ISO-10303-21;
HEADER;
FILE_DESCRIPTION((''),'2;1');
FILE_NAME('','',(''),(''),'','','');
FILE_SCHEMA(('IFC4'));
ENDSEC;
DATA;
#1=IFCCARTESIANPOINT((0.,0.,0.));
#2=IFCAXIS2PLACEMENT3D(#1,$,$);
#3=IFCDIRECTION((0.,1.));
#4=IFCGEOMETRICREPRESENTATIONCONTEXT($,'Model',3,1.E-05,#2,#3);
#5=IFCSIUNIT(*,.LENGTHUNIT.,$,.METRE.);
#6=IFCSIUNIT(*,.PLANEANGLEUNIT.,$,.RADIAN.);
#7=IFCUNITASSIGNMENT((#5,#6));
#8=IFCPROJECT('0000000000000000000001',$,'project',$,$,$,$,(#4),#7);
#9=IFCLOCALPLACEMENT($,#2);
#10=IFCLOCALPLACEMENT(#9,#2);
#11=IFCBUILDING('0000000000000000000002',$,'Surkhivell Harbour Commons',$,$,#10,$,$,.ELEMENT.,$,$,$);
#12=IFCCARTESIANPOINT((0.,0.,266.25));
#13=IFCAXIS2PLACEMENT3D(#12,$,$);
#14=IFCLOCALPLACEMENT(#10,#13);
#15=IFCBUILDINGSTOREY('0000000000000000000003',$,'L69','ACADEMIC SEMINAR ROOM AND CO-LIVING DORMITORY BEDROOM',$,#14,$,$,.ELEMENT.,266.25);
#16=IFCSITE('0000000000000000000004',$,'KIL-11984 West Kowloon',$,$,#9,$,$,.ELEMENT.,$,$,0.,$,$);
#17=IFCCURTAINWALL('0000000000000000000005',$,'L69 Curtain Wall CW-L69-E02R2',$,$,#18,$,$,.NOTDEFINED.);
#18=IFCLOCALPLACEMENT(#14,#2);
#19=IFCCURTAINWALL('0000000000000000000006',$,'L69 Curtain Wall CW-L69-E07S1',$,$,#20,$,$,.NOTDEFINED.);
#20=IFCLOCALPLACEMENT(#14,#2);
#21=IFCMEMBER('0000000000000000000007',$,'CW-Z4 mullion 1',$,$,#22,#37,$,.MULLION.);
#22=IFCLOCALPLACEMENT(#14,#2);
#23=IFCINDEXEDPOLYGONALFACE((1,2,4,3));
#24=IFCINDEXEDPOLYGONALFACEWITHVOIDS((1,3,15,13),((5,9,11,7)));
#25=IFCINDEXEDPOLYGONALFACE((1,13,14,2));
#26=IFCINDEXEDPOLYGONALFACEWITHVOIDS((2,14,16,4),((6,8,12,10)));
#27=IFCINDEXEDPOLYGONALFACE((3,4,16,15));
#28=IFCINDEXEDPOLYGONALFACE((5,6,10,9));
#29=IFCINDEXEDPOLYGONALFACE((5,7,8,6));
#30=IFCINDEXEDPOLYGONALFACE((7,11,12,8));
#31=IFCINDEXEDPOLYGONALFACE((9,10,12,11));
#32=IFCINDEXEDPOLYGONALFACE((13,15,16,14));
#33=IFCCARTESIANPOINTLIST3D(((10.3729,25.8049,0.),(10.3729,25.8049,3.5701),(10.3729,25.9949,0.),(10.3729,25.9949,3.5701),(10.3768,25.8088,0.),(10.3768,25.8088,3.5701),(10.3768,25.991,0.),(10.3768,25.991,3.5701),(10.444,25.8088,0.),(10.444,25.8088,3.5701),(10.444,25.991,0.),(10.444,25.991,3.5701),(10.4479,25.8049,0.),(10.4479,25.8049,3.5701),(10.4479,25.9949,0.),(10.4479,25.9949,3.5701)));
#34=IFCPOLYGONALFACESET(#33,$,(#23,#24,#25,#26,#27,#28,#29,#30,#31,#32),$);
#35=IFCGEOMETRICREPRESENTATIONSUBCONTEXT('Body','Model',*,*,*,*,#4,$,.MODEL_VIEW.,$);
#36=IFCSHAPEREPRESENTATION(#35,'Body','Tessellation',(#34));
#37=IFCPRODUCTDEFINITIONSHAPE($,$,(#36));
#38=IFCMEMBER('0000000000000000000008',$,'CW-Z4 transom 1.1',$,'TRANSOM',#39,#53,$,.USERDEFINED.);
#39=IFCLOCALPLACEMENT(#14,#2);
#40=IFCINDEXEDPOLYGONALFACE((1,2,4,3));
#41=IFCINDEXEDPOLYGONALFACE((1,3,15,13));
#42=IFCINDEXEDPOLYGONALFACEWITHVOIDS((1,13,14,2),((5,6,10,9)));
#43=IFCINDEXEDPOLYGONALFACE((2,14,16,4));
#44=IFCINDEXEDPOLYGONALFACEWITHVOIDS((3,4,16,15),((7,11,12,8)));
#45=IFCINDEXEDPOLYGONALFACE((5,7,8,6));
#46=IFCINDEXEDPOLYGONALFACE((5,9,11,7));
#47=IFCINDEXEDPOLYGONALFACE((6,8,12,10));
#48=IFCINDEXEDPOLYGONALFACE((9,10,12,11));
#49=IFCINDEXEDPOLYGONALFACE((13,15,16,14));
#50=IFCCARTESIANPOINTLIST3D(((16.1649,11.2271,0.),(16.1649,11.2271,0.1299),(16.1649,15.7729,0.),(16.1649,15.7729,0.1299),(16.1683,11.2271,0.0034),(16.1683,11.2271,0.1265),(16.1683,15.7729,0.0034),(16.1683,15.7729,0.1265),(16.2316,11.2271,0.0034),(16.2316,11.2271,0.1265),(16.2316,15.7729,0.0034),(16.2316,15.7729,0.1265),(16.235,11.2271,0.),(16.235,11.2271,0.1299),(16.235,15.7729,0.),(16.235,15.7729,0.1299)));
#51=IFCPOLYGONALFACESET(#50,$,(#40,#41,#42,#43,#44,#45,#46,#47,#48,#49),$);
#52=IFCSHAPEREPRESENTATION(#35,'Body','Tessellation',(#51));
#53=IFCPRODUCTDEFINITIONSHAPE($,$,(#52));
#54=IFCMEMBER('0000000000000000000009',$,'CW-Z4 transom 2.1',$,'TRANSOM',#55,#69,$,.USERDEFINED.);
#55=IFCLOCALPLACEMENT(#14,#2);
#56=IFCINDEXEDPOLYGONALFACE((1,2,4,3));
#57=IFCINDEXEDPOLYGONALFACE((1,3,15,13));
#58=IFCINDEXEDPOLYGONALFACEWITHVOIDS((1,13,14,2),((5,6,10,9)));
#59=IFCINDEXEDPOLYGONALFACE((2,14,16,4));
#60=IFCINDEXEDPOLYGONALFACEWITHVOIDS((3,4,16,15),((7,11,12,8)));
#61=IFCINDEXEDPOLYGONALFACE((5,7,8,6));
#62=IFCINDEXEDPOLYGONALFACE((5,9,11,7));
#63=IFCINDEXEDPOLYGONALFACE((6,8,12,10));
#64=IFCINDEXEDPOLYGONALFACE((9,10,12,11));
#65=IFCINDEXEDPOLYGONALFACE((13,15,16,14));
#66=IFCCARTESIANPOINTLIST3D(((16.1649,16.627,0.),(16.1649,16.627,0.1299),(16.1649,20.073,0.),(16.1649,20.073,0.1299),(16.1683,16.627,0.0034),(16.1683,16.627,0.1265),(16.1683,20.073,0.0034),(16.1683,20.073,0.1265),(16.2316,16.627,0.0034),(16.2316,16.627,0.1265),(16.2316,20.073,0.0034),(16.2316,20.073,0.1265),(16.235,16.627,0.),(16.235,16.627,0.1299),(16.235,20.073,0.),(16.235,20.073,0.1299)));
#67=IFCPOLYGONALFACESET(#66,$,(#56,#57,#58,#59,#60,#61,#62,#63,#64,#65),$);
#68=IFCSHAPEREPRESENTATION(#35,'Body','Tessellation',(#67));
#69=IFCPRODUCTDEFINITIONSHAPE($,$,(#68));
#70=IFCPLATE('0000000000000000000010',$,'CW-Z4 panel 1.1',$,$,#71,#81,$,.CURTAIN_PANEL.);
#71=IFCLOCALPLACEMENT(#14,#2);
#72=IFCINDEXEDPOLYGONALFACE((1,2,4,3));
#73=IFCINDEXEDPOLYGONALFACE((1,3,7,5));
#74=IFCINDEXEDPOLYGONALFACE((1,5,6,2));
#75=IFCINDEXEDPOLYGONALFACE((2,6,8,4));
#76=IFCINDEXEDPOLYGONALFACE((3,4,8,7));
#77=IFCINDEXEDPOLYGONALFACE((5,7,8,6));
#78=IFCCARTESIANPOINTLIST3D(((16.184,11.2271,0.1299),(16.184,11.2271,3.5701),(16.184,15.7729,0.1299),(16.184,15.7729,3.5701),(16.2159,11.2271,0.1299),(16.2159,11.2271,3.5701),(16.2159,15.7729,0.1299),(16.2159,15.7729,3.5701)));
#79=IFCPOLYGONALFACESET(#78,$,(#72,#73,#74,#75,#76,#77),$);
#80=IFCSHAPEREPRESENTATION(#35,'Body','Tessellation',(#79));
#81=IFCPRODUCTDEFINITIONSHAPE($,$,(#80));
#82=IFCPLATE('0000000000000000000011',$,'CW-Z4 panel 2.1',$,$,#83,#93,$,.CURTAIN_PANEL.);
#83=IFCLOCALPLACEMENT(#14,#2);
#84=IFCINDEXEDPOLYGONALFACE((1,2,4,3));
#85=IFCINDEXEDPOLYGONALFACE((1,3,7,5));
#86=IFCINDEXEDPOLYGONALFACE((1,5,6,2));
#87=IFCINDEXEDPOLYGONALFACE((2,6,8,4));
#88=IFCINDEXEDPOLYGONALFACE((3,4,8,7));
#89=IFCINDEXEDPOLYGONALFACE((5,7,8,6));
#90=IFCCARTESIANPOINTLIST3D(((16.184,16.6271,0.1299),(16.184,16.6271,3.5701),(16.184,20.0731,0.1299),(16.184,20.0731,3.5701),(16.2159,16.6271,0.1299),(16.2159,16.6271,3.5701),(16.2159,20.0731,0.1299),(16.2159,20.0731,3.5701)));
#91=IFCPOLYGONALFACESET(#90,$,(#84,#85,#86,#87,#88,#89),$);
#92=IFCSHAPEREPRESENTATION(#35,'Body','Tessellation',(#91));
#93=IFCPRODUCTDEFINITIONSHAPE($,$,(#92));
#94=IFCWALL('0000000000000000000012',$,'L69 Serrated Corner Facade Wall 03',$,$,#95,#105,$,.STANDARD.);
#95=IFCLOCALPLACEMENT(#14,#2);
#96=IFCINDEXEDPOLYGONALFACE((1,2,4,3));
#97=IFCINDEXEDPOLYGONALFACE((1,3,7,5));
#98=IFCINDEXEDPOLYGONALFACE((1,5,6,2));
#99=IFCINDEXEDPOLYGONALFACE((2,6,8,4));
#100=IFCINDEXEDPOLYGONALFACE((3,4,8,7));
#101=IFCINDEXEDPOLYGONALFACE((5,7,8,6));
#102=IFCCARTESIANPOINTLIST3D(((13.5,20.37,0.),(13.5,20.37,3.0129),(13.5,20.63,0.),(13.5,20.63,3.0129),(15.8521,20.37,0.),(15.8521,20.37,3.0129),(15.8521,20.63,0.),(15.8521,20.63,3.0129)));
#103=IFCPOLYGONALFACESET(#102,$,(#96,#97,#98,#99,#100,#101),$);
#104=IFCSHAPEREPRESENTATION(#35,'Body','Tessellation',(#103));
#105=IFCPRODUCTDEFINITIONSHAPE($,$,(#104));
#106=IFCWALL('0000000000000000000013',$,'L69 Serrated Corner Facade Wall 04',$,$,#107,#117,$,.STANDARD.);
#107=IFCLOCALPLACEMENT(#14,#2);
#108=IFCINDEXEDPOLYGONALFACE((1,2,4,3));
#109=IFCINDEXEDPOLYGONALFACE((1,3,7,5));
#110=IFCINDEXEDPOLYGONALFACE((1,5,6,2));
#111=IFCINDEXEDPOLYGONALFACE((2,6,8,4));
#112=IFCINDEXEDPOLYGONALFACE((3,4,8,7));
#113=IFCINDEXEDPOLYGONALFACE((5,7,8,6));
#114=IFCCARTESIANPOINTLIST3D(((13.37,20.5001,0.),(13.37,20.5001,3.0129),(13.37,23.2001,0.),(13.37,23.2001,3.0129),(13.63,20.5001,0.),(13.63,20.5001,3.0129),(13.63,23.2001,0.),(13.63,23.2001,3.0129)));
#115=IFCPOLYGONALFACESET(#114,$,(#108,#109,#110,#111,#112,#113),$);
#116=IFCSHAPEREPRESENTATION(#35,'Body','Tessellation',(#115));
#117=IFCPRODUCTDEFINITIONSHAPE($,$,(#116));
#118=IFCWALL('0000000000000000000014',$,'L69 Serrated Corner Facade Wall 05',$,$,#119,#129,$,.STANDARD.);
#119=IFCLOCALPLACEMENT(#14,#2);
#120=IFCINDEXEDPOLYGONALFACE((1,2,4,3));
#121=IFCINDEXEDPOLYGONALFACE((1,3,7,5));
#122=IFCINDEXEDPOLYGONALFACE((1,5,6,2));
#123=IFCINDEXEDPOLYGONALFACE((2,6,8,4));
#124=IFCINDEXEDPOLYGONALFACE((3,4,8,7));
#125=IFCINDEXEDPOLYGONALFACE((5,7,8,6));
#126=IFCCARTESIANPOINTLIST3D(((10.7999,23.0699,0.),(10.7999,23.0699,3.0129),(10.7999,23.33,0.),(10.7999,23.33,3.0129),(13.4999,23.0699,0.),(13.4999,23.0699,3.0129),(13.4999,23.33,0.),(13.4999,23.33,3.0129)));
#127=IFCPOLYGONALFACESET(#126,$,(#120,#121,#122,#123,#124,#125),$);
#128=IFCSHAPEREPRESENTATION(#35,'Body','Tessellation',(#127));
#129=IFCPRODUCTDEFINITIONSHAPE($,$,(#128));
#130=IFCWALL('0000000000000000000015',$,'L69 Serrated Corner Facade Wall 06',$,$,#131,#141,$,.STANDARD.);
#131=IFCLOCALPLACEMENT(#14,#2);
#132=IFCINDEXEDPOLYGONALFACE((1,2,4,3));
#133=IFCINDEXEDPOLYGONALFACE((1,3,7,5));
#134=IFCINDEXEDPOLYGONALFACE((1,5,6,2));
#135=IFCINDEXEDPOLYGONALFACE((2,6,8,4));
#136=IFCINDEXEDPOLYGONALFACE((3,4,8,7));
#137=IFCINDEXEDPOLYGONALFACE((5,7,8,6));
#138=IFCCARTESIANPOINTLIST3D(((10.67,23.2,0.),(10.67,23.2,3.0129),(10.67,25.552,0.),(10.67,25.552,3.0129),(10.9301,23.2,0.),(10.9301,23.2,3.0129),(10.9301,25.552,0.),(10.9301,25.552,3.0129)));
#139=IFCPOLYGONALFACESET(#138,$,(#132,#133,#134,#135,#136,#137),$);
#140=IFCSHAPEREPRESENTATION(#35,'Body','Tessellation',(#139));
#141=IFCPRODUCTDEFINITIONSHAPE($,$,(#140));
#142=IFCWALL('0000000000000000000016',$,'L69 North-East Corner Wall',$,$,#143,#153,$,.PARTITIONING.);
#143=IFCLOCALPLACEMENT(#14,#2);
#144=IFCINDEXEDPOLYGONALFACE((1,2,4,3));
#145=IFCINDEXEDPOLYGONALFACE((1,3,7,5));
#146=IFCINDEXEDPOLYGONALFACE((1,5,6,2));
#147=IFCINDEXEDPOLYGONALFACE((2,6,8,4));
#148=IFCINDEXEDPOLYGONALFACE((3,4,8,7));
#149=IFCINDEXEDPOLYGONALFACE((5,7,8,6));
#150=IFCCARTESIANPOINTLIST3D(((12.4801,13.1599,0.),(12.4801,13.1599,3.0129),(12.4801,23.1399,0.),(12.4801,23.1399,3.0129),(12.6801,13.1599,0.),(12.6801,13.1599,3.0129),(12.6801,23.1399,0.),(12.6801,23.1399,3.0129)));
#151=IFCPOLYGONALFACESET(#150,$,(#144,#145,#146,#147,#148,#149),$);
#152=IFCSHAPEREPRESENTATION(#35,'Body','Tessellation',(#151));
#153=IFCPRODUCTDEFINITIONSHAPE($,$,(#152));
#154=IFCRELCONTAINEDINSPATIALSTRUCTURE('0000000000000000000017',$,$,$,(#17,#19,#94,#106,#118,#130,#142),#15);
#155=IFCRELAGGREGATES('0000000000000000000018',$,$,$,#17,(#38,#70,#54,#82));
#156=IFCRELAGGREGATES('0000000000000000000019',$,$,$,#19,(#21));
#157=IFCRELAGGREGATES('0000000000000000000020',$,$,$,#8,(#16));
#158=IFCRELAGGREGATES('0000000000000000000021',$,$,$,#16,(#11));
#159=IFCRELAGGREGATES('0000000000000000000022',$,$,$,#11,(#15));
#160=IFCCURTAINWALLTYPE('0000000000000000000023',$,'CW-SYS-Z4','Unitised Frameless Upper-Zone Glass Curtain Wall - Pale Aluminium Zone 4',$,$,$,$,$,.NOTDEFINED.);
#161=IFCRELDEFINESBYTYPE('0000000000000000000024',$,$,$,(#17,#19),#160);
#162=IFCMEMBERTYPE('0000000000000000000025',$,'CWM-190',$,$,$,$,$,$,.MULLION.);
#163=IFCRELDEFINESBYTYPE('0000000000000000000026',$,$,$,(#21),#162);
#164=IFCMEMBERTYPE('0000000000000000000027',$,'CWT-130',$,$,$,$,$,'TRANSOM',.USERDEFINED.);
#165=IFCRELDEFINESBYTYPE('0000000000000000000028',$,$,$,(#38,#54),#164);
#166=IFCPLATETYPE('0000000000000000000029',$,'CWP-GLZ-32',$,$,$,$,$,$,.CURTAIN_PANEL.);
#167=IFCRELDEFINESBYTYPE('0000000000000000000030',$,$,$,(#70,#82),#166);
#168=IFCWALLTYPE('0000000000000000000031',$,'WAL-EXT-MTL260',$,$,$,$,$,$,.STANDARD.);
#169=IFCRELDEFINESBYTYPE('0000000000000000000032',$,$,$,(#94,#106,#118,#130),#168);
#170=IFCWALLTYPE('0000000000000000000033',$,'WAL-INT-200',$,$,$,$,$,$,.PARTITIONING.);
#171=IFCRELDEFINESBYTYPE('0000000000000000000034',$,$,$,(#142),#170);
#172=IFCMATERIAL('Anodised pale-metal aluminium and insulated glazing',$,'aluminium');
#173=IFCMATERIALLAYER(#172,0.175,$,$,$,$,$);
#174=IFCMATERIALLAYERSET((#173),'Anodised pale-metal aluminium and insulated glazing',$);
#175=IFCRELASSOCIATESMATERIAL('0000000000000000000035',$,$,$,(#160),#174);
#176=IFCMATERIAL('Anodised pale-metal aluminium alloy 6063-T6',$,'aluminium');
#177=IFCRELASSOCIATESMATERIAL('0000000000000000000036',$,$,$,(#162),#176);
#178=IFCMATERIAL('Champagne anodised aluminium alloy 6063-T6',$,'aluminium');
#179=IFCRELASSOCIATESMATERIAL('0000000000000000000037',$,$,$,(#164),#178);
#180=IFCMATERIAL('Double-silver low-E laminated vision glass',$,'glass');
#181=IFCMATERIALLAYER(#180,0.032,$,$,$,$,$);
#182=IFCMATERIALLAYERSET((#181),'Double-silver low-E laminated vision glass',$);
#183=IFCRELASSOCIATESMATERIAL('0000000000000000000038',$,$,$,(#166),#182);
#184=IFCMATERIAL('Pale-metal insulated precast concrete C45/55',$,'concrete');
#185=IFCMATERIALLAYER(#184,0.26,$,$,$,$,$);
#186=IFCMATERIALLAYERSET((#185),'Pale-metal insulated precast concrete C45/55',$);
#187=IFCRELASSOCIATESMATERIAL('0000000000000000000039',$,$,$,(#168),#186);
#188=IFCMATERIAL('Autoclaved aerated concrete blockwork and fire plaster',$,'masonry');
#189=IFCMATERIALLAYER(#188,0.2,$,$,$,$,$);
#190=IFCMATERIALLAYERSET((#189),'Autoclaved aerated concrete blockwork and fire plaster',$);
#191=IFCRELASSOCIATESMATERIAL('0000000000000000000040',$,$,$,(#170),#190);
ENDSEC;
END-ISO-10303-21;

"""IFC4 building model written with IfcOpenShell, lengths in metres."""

from ifc_helpers import new_model, si_unit, direction, frame, frame_2d, origin, origin_2d, place, context, subcontext, project, spatial, rectangle, hollow_rectangle, extrude, material, layer, layer_set, material_profile, profile_set, type_object, element, aggregate, save


model = new_model("IFC4")

# Units and contexts
model_context = context("Model", 3, precision=1e-05, world=origin(), true_north=direction((0.0, 1.0)))
body_context = subcontext(model_context, "Body", "Model", "MODEL_VIEW")
ifc_project = project(units=[si_unit("LENGTHUNIT", "METRE"), si_unit("PLANEANGLEUNIT", "RADIAN")], contexts=[model_context])

# Site, building, storey
site_placement = place(None, origin())
site = spatial("IfcSite", under=ifc_project, at=site_placement, Name="KIL-11984 West Kowloon", CompositionType="ELEMENT", RefElevation=0.0)
building_placement = place(site_placement, origin())
building = spatial("IfcBuilding", under=site, at=building_placement, Name="Surkhivell Harbour Commons", CompositionType="ELEMENT")
storey_placement = place(building_placement, frame((0.0, 0.0, 266.25)))
storey = spatial("IfcBuildingStorey", under=building, at=storey_placement, Name="L69", Description="ACADEMIC SEMINAR ROOM AND CO-LIVING DORMITORY BEDROOM", CompositionType="ELEMENT", Elevation=266.25)

# Curtain wall
ifc_material_1 = material(Name="Anodised pale-metal aluminium and insulated glazing", Category="aluminium")
ifc_layer_1 = layer(ifc_material_1, 0.175)
ifc_layer_set_1 = layer_set([ifc_layer_1], Name="Anodised pale-metal aluminium and insulated glazing")
curtain_wall_type = type_object("IfcCurtainWallType", Name="CW-SYS-Z4", Description="Unitised Frameless Upper-Zone Glass Curtain Wall - Pale Aluminium Zone 4", PredefinedType="NOTDEFINED", material=ifc_layer_set_1)
curtain_wall_1_placement = place(storey_placement, origin())
curtain_wall_1 = element("IfcCurtainWall", 1, at=curtain_wall_1_placement, inside=storey, type_object=curtain_wall_type, Name="L69 Curtain Wall CW-L69-E02R2", PredefinedType="NOTDEFINED")
ifc_material_2 = material(Name="Anodised pale-metal aluminium alloy 6063-T6", Category="aluminium")
ifc_material_profile_1 = material_profile(ifc_material_2, hollow_rectangle(XDim=0.075, YDim=0.1899, WallThickness=0.0039, at=origin_2d()), Name="ALU-MULL-75x190")
ifc_profile_set_1 = profile_set([ifc_material_profile_1], Name="Anodised pale-metal aluminium alloy 6063-T6")
member_type_1 = type_object("IfcMemberType", Name="CWM-190", PredefinedType="MULLION", material=ifc_profile_set_1)

# Curtain wall, member
curtain_wall_2_placement = place(storey_placement, origin())
curtain_wall_2 = element("IfcCurtainWall", 2, at=curtain_wall_2_placement, inside=storey, type_object=curtain_wall_type, Name="L69 Curtain Wall CW-L69-E07S1", PredefinedType="NOTDEFINED")
member_1_placement = place(storey_placement, frame((10.4104, 25.8999, 0.0), z_axis=(0.0, 0.0, 1.0), x_axis=(-1.0, 0.0, 0.0)))
member_1 = element("IfcMember", 3, at=member_1_placement, type_object=member_type_1, Name="CW-Z4 mullion 1", PredefinedType="MULLION", context=body_context, shape_type="SweptSolid", body=[
    extrude(hollow_rectangle(XDim=0.075, YDim=0.1899, WallThickness=0.0039, at=origin_2d()), origin(), (0.0, 0.0, 1.0), 3.5701),
])

# Members
ifc_material_3 = material(Name="Champagne anodised aluminium alloy 6063-T6", Category="aluminium")
ifc_material_profile_2 = material_profile(ifc_material_3, hollow_rectangle(XDim=0.0701, YDim=0.1299, WallThickness=0.0034, at=origin_2d()), Name="ALU-TRAN-70x130")
ifc_profile_set_2 = profile_set([ifc_material_profile_2], Name="Champagne anodised aluminium alloy 6063-T6")
member_type_2 = type_object("IfcMemberType", Name="CWT-130", ElementType="TRANSOM", PredefinedType="USERDEFINED", material=ifc_profile_set_2)
member_2_placement = place(storey_placement, frame((16.2, 11.2271, 0.0649), z_axis=(0.0, 1.0, 0.0), x_axis=(-1.0, 0.0, 0.0)))
member_2 = element("IfcMember", 4, at=member_2_placement, type_object=member_type_2, Name="CW-Z4 transom 1.1", ObjectType="TRANSOM", PredefinedType="USERDEFINED", context=body_context, shape_type="SweptSolid", body=[
    extrude(hollow_rectangle(XDim=0.0701, YDim=0.1299, WallThickness=0.0034, at=origin_2d()), origin(), (0.0, 0.0, 1.0), 4.5459),
])
member_3_placement = place(storey_placement, frame((16.2, 16.627, 0.0649), z_axis=(0.0, 1.0, 0.0), x_axis=(-1.0, 0.0, 0.0)))
member_3 = element("IfcMember", 5, at=member_3_placement, type_object=member_type_2, Name="CW-Z4 transom 2.1", ObjectType="TRANSOM", PredefinedType="USERDEFINED", context=body_context, shape_type="SweptSolid", body=[
    extrude(hollow_rectangle(XDim=0.0701, YDim=0.1299, WallThickness=0.0034, at=origin_2d()), origin(), (0.0, 0.0, 1.0), 3.446),
])

# Plates
ifc_material_4 = material(Name="Double-silver low-E laminated vision glass", Category="glass")
ifc_layer_2 = layer(ifc_material_4, 0.032)
ifc_layer_set_2 = layer_set([ifc_layer_2], Name="Double-silver low-E laminated vision glass")
plate_type = type_object("IfcPlateType", Name="CWP-GLZ-32", PredefinedType="CURTAIN_PANEL", material=ifc_layer_set_2)
plate_1_placement = place(storey_placement, frame((16.2, 11.2271, 0.1299), z_axis=(0.0, 0.0, 1.0), x_axis=(0.0, 1.0, 0.0)))
plate_1 = element("IfcPlate", 6, at=plate_1_placement, type_object=plate_type, Name="CW-Z4 panel 1.1", PredefinedType="CURTAIN_PANEL", context=body_context, shape_type="SweptSolid", body=[
    extrude(rectangle(XDim=4.5459, YDim=0.032, at=frame_2d((2.2729, 0.0))), origin(), (0.0, 0.0, 1.0), 3.4402),
])
plate_2_placement = place(storey_placement, frame((16.2, 16.627, 0.1299), z_axis=(0.0, 0.0, 1.0), x_axis=(0.0, 1.0, 0.0)))
plate_2 = element("IfcPlate", 7, at=plate_2_placement, type_object=plate_type, Name="CW-Z4 panel 2.1", PredefinedType="CURTAIN_PANEL", context=body_context, shape_type="SweptSolid", body=[
    extrude(rectangle(XDim=3.446, YDim=0.032, at=frame_2d((1.7231, 0.0))), origin(), (0.0, 0.0, 1.0), 3.4402),
])
aggregate(curtain_wall_1, [member_2, plate_1, member_3, plate_2])
aggregate(curtain_wall_2, [member_1])

# Walls
ifc_material_5 = material(Name="Pale-metal insulated precast concrete C45/55", Category="concrete")
ifc_layer_3 = layer(ifc_material_5, 0.26)
ifc_layer_set_3 = layer_set([ifc_layer_3], Name="Pale-metal insulated precast concrete C45/55")
wall_type_1 = type_object("IfcWallType", Name="WAL-EXT-MTL260", PredefinedType="STANDARD", material=ifc_layer_set_3)
wall_1_placement = place(storey_placement, frame((15.8521, 20.5, 0.0), z_axis=(0.0, 0.0, 1.0), x_axis=(-1.0, 0.0, 0.0)))
element("IfcWall", 8, at=wall_1_placement, inside=storey, type_object=wall_type_1, Name="L69 Serrated Corner Facade Wall 03", PredefinedType="STANDARD", context=body_context, shape_type="SweptSolid", body=[
    extrude(rectangle(XDim=2.3521, YDim=0.26, at=frame_2d((1.176, 0.0))), origin(), (0.0, 0.0, 1.0), 3.0129),
])
for number, where, z_axis, x_axis, name in (
    (9, (13.5, 20.5, 0.0), (0.0, 0.0, 1.0), (0.0, 1.0, 0.0), "L69 Serrated Corner Facade Wall 04"),
    (10, (13.5, 23.2, 0.0), (0.0, 0.0, 1.0), (-1.0, 0.0, 0.0), "L69 Serrated Corner Facade Wall 05"),
):
    element("IfcWall", number, at=place(storey_placement, frame(where, z_axis=z_axis, x_axis=x_axis)), inside=storey, type_object=wall_type_1, Name=name, PredefinedType="STANDARD", context=body_context, shape_type="SweptSolid", body=[
        extrude(rectangle(XDim=2.7, YDim=0.26, at=frame_2d((1.3501, 0.0))), origin(), (0.0, 0.0, 1.0), 3.0129),
    ])
wall_2_placement = place(storey_placement, frame((10.8, 23.2, 0.0), z_axis=(0.0, 0.0, 1.0), x_axis=(0.0, 1.0, 0.0)))
element("IfcWall", 11, at=wall_2_placement, inside=storey, type_object=wall_type_1, Name="L69 Serrated Corner Facade Wall 06", PredefinedType="STANDARD", context=body_context, shape_type="SweptSolid", body=[
    extrude(rectangle(XDim=2.3521, YDim=0.26, at=frame_2d((1.176, 0.0))), origin(), (0.0, 0.0, 1.0), 3.0129),
])
ifc_material_6 = material(Name="Autoclaved aerated concrete blockwork and fire plaster", Category="masonry")
ifc_layer_4 = layer(ifc_material_6, 0.2)
ifc_layer_set_4 = layer_set([ifc_layer_4], Name="Autoclaved aerated concrete blockwork and fire plaster")
wall_type_2 = type_object("IfcWallType", Name="WAL-INT-200", PredefinedType="PARTITIONING", material=ifc_layer_set_4)
wall_3_placement = place(storey_placement, frame((12.5801, 13.1599, 0.0), z_axis=(0.0, 0.0, 1.0), x_axis=(0.0, 1.0, 0.0)))
element("IfcWall", 12, at=wall_3_placement, inside=storey, type_object=wall_type_2, Name="L69 North-East Corner Wall", PredefinedType="PARTITIONING", context=body_context, shape_type="SweptSolid", body=[
    extrude(rectangle(XDim=9.98, YDim=0.2, at=frame_2d((4.99, 0.0))), origin(), (0.0, 0.0, 1.0), 3.0129),
])

save(model, "model.ifc")
